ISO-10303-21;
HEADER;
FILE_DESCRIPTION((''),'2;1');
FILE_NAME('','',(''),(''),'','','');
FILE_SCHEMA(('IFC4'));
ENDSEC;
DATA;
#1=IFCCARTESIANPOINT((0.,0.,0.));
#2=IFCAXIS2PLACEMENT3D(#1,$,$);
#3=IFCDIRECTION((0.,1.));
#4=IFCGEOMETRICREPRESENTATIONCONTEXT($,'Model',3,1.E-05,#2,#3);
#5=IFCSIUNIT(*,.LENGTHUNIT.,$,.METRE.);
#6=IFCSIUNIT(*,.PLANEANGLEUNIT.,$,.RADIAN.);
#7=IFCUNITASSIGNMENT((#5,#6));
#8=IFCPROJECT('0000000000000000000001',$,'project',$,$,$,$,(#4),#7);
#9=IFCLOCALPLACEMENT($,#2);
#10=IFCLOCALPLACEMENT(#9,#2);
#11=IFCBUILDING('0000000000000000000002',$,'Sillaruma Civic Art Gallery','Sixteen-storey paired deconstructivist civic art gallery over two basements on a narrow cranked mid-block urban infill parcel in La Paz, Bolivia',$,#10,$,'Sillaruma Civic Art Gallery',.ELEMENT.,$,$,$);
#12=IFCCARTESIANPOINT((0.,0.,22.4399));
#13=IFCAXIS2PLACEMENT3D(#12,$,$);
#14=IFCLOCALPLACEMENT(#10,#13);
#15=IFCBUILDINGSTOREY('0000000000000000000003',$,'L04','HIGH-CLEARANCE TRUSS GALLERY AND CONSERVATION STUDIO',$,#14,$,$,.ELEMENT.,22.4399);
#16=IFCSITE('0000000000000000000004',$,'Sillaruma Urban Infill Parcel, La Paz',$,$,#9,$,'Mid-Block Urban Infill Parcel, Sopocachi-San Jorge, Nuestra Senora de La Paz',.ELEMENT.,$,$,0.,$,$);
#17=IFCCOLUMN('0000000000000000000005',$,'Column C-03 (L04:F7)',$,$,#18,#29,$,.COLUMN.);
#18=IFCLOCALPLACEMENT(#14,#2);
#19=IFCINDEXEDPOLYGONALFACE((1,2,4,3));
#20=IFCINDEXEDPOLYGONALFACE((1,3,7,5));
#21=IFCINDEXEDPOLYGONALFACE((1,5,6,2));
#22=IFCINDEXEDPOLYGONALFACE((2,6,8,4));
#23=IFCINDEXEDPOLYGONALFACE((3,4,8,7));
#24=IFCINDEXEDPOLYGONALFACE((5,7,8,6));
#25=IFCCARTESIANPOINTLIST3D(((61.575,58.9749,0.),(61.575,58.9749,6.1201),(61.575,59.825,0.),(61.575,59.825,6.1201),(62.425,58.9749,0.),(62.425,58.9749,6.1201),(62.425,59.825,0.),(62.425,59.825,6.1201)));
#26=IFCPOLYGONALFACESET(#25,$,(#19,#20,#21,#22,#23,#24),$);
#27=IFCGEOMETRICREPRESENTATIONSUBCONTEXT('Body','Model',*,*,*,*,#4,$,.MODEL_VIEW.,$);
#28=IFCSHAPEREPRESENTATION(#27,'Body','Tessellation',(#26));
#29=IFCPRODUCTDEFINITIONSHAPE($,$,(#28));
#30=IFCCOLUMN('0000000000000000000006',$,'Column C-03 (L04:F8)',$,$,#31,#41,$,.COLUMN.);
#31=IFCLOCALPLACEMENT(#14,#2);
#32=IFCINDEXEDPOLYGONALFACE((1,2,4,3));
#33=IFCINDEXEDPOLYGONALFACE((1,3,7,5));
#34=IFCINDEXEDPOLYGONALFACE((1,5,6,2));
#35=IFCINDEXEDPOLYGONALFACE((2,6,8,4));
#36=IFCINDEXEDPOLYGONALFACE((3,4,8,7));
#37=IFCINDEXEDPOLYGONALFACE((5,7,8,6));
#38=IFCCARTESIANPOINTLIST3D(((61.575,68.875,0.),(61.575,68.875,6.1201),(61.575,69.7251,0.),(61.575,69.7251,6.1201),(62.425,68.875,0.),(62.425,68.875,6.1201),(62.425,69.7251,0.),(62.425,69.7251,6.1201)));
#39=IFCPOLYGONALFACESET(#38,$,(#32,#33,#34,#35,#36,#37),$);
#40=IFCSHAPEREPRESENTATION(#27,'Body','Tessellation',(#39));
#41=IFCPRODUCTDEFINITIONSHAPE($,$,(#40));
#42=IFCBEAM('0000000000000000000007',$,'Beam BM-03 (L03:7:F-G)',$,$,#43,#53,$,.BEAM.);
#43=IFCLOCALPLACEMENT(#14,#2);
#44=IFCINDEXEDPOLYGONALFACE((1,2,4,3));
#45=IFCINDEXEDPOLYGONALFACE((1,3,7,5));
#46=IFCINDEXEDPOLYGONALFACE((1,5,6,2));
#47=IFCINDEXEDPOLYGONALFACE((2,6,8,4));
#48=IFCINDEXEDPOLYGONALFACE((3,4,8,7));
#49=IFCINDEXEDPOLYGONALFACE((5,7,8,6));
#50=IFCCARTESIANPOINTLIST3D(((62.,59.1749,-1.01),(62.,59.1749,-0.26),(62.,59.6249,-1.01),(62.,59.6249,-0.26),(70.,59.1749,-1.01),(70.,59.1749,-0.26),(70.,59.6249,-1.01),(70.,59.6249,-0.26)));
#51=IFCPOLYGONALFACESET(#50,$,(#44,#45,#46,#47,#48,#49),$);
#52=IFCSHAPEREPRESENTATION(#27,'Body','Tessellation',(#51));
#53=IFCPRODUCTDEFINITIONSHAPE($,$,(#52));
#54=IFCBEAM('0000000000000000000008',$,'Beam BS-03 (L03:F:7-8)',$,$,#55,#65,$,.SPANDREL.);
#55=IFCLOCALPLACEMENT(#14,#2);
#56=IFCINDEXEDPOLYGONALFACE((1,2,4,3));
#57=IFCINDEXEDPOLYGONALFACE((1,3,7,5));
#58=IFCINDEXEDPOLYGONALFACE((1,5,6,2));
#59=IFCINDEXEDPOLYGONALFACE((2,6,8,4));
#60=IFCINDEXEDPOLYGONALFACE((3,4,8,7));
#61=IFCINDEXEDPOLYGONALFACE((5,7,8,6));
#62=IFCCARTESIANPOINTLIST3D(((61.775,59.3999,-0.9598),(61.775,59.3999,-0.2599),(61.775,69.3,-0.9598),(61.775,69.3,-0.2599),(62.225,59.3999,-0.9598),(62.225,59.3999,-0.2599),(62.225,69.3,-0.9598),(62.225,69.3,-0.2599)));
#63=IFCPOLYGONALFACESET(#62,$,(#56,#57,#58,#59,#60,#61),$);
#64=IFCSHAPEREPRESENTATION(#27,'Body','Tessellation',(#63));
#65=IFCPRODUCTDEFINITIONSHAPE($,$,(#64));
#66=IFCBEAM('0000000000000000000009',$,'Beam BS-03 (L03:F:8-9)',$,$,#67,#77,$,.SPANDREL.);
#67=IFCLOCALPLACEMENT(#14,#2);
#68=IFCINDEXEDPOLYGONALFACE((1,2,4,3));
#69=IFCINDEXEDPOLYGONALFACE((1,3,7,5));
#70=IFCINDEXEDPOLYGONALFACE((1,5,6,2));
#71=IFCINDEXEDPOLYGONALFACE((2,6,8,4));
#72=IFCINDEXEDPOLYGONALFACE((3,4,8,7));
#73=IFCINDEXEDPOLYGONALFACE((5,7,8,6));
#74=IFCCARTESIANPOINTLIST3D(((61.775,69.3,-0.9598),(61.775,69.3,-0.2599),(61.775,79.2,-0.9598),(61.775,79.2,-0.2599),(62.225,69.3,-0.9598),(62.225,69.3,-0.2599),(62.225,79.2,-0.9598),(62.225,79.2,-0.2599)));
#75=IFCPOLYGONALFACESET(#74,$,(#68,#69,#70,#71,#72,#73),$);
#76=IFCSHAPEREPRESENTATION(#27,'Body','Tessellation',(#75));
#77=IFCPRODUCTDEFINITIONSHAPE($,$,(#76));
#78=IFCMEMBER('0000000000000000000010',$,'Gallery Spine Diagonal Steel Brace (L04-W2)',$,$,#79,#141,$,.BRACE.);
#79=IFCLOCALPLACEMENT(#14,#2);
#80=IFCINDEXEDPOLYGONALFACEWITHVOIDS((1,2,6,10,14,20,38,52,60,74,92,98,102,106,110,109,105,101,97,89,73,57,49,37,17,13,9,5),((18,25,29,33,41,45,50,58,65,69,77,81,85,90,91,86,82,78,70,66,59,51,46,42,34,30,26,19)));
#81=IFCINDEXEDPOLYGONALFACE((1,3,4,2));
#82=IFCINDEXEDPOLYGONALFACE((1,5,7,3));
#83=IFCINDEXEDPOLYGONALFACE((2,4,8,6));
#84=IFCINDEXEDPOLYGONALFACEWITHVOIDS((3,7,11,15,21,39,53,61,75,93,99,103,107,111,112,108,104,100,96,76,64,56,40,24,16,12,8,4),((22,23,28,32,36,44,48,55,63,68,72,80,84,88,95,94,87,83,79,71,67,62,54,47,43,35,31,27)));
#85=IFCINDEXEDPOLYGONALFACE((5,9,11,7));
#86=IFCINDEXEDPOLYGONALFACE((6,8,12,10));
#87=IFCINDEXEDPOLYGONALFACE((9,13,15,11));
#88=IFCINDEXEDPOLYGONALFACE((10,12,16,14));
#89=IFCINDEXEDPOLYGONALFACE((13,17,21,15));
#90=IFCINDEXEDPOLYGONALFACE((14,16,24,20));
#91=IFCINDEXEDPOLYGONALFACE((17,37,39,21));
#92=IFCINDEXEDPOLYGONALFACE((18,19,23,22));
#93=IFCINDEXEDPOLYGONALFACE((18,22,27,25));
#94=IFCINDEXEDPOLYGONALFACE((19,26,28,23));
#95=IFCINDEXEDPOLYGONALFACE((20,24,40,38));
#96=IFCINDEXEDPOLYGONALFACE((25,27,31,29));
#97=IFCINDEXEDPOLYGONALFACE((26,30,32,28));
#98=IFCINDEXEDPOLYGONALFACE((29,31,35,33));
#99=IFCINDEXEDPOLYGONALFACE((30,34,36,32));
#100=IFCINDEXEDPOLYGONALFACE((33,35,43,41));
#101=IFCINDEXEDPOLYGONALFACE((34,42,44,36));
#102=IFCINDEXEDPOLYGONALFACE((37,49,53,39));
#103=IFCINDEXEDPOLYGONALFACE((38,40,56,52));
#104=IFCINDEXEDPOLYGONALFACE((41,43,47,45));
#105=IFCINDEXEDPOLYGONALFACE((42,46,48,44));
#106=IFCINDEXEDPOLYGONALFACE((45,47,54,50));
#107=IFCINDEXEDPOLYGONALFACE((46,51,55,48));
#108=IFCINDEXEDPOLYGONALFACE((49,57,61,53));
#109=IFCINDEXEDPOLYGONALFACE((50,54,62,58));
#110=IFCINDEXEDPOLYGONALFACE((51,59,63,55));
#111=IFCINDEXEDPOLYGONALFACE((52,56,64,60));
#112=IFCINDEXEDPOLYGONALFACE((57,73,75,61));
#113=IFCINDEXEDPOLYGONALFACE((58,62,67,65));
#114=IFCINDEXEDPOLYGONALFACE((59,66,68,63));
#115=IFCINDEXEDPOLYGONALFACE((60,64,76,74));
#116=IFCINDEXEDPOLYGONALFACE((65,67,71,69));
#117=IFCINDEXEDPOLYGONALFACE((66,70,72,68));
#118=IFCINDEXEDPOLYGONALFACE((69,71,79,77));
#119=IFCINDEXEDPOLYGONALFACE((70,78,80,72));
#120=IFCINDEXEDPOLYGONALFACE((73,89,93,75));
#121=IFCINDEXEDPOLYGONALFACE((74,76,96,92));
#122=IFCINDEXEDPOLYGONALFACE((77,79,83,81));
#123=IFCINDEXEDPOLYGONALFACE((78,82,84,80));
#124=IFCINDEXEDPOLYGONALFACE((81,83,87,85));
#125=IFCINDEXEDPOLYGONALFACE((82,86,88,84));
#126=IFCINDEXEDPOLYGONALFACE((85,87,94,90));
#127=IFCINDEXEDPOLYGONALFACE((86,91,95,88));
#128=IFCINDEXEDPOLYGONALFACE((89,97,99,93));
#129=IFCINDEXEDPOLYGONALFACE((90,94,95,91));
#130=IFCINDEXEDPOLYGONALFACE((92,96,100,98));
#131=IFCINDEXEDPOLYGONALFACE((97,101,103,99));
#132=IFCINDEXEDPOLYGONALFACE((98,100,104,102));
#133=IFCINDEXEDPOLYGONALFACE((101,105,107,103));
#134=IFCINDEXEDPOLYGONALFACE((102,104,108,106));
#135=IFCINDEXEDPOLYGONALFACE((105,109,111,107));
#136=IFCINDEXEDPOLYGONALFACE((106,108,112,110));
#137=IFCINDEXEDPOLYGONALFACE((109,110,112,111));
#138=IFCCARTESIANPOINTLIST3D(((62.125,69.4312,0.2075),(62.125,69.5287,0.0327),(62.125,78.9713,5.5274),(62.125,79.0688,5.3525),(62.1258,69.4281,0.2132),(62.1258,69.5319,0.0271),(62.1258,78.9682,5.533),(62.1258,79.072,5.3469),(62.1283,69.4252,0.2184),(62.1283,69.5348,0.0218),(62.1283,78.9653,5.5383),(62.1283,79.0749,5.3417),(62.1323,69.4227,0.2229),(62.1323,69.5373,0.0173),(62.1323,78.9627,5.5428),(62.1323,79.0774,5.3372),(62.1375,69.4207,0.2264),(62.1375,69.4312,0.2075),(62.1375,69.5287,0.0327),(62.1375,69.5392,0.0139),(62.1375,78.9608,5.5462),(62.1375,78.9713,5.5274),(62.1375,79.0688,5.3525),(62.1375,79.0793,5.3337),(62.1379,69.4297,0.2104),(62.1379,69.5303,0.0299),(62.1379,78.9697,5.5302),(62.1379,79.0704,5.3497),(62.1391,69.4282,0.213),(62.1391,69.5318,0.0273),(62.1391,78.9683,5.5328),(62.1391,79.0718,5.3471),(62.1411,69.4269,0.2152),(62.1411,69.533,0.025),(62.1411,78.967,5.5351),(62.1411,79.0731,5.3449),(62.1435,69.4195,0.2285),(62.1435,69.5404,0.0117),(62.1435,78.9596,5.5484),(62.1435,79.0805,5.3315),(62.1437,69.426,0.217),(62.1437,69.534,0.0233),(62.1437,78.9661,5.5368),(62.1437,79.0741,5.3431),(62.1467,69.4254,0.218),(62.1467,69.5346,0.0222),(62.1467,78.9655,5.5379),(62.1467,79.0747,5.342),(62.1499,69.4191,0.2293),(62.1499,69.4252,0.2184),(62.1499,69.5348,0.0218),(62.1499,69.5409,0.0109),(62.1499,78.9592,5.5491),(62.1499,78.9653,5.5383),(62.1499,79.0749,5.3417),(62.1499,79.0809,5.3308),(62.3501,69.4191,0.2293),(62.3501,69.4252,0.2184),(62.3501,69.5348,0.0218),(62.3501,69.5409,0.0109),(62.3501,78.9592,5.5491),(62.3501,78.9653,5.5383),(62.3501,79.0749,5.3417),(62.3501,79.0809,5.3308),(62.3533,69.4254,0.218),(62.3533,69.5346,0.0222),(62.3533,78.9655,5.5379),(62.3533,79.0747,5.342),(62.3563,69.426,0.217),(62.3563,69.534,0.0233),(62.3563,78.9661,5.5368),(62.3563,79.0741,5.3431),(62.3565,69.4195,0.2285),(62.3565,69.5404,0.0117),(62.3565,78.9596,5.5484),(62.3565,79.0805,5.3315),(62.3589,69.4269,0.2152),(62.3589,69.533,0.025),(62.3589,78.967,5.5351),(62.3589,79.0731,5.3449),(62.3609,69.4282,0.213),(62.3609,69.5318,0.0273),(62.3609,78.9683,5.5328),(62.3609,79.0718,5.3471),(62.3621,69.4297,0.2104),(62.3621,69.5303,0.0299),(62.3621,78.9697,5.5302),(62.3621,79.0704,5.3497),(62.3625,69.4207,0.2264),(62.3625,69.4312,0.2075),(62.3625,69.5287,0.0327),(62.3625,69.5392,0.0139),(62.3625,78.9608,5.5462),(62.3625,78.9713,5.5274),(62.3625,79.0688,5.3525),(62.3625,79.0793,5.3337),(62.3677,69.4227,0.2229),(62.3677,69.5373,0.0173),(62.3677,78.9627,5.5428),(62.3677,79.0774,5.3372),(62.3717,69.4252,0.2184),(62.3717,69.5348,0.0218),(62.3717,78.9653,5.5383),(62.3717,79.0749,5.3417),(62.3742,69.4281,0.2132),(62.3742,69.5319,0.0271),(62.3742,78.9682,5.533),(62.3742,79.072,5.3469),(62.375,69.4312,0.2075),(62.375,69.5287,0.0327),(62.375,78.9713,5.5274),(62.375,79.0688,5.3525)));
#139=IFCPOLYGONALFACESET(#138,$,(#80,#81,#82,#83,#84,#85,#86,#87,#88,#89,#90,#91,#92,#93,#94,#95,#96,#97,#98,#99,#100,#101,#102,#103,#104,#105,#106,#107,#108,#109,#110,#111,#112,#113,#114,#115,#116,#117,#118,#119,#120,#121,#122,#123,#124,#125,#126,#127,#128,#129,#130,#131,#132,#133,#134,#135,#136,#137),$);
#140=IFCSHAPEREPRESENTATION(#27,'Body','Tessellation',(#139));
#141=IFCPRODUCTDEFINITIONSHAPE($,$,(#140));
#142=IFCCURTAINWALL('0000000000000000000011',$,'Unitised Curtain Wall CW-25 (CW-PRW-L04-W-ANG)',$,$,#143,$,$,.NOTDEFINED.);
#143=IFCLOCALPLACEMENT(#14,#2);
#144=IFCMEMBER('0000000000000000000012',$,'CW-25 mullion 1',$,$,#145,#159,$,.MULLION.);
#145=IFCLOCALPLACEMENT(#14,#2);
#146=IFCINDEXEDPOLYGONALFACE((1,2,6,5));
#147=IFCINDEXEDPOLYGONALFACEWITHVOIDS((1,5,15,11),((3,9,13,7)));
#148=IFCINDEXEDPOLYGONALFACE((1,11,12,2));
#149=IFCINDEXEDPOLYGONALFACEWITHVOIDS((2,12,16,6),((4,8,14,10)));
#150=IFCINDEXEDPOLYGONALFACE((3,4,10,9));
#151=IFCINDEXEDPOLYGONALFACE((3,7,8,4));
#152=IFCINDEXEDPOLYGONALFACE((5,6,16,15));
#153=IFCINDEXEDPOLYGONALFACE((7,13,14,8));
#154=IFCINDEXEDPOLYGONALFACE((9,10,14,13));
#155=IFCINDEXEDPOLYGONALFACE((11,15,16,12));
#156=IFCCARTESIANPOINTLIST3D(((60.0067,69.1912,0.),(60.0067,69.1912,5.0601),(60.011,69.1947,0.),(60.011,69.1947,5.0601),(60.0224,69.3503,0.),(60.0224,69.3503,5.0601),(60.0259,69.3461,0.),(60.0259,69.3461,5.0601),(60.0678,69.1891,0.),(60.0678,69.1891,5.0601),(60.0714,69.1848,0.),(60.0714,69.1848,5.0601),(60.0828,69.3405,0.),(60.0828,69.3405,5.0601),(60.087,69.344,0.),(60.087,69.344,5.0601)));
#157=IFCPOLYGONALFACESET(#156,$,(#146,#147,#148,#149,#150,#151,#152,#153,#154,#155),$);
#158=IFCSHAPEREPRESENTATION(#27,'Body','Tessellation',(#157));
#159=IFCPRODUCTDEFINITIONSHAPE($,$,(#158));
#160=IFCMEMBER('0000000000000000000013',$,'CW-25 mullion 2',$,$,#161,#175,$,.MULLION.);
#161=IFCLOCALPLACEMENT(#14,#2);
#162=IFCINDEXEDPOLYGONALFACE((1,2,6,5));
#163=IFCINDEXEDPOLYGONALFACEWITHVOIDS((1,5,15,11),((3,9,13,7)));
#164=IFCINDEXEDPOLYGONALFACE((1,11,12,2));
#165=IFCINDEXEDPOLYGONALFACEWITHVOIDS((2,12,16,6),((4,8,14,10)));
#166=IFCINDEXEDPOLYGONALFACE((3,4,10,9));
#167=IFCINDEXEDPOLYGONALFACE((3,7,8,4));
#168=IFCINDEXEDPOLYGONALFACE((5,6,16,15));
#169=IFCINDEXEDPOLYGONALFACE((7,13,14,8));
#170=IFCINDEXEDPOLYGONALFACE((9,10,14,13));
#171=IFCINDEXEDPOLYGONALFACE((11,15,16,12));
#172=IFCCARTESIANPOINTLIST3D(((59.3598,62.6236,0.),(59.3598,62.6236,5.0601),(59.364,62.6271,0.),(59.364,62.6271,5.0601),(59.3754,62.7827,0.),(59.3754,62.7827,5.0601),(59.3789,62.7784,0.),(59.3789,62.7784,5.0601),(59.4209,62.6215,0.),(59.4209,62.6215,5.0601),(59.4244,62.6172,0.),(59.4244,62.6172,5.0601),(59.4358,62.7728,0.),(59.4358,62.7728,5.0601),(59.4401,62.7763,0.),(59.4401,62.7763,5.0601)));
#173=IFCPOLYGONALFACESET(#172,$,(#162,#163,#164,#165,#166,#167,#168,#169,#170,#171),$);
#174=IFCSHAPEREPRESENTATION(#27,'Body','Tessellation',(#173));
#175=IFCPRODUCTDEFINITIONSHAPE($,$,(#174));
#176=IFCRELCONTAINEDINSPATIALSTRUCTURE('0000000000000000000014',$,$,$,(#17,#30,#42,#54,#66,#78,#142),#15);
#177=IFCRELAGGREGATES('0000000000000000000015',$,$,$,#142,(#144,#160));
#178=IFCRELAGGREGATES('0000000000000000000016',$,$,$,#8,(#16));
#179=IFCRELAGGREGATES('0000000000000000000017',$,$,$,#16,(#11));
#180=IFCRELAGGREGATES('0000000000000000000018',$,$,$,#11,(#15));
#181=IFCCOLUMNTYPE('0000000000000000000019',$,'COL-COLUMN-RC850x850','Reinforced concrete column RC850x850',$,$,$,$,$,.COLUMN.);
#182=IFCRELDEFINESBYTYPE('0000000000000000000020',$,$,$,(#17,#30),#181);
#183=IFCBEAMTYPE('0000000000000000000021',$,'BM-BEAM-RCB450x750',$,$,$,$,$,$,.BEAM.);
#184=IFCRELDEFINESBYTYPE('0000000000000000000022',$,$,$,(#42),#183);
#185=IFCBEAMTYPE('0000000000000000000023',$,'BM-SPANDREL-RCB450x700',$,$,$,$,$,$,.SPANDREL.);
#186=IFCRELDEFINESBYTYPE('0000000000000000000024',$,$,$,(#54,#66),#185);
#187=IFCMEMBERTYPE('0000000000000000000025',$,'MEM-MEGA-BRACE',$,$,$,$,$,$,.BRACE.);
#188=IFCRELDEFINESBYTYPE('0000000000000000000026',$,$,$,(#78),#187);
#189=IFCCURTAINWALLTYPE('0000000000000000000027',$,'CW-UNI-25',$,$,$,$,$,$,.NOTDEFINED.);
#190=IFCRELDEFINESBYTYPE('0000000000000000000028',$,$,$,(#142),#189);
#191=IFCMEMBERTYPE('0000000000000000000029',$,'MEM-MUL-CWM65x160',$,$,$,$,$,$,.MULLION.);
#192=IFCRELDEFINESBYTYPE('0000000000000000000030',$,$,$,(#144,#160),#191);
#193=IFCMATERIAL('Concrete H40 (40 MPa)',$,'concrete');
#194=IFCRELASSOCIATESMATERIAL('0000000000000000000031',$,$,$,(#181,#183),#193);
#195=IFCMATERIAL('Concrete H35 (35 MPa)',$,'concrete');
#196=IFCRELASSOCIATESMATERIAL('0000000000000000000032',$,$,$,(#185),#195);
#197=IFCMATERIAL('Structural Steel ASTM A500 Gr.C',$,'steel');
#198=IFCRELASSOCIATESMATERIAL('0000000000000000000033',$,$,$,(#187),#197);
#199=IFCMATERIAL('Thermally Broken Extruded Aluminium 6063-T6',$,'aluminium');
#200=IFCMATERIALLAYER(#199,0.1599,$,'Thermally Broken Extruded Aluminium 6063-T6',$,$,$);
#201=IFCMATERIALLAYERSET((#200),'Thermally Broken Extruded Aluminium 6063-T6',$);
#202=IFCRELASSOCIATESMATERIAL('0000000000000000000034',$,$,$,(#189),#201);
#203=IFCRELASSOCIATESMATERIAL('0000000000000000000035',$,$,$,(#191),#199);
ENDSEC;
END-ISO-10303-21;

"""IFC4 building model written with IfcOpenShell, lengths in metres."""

from ifc_helpers import new_model, si_unit, direction, frame, origin, origin_2d, place, context, subcontext, project, spatial, rectangle, hollow_rectangle, extrude, material, layer, layer_set, material_profile, profile_set, type_object, element, aggregate, save


model = new_model("IFC4")

# Units and contexts
model_context = context("Model", 3, precision=1e-05, world=origin(), true_north=direction((0.0, 1.0)))
body_context = subcontext(model_context, "Body", "Model", "MODEL_VIEW")
ifc_project = project(units=[si_unit("LENGTHUNIT", "METRE"), si_unit("PLANEANGLEUNIT", "RADIAN")], contexts=[model_context])

# Site, building, storey
site_placement = place(None, origin())
site = spatial("IfcSite", under=ifc_project, at=site_placement, Name="Sillaruma Urban Infill Parcel, La Paz", LongName="Mid-Block Urban Infill Parcel, Sopocachi-San Jorge, Nuestra Senora de La Paz", CompositionType="ELEMENT", RefElevation=0.0)
building_placement = place(site_placement, origin())
building = spatial("IfcBuilding", under=site, at=building_placement, Name="Sillaruma Civic Art Gallery", Description="Sixteen-storey paired deconstructivist civic art gallery over two basements on a narrow cranked mid-block urban infill parcel in La Paz, Bolivia", LongName="Sillaruma Civic Art Gallery", CompositionType="ELEMENT")
storey_placement = place(building_placement, frame((0.0, 0.0, 22.4399)))
storey = spatial("IfcBuildingStorey", under=building, at=storey_placement, Name="L04", Description="HIGH-CLEARANCE TRUSS GALLERY AND CONSERVATION STUDIO", CompositionType="ELEMENT", Elevation=22.4399)

# Columns
ifc_material_1 = material(Name="Concrete H40 (40 MPa)", Category="concrete")
ifc_material_profile_1 = material_profile(ifc_material_1, rectangle(XDim=0.8501, YDim=0.8501, at=origin_2d()), Name="RC850x850")
ifc_profile_set_1 = profile_set([ifc_material_profile_1], Name="Concrete H40 (40 MPa)")
column_type = type_object("IfcColumnType", Name="COL-COLUMN-RC850x850", Description="Reinforced concrete column RC850x850", PredefinedType="COLUMN", material=ifc_profile_set_1)
for number, where, z_axis, x_axis, name in (
    (1, (62.0, 59.3999, 0.0), (0.0, 0.0, 1.0), (1.0, 0.0, 0.0), "Column C-03 (L04:F7)"),
    (2, (62.0, 69.3, 0.0), (0.0, 0.0, 1.0), (1.0, 0.0, 0.0), "Column C-03 (L04:F8)"),
):
    element("IfcColumn", number, at=place(storey_placement, frame(where, z_axis=z_axis, x_axis=x_axis)), inside=storey, type_object=column_type, Name=name, PredefinedType="COLUMN", context=body_context, shape_type="SweptSolid", body=[
        extrude(rectangle(XDim=0.8501, YDim=0.8501, at=origin_2d()), origin(), (0.0, 0.0, 1.0), 6.1201),
    ])

# Beams
ifc_material_profile_2 = material_profile(ifc_material_1, rectangle(XDim=0.45, YDim=0.75, at=origin_2d()), Name="RCB450x750")
ifc_profile_set_2 = profile_set([ifc_material_profile_2], Name="Concrete H40 (40 MPa)")
beam_type_1 = type_object("IfcBeamType", Name="BM-BEAM-RCB450x750", PredefinedType="BEAM", material=ifc_profile_set_2)
beam_1_placement = place(storey_placement, frame((62.0, 59.3999, -0.635), z_axis=(1.0, 0.0, 0.0), x_axis=(0.0, 1.0, 0.0)))
element("IfcBeam", 3, at=beam_1_placement, inside=storey, type_object=beam_type_1, Name="Beam BM-03 (L03:7:F-G)", PredefinedType="BEAM", context=body_context, shape_type="SweptSolid", body=[
    extrude(rectangle(XDim=0.45, YDim=0.75, at=origin_2d()), origin(), (0.0, 0.0, 1.0), 8.0),
])
ifc_material_2 = material(Name="Concrete H35 (35 MPa)", Category="concrete")
ifc_material_profile_3 = material_profile(ifc_material_2, rectangle(XDim=0.45, YDim=0.7, at=origin_2d()), Name="RCB450x700")
ifc_profile_set_3 = profile_set([ifc_material_profile_3], Name="Concrete H35 (35 MPa)")
beam_type_2 = type_object("IfcBeamType", Name="BM-SPANDREL-RCB450x700", PredefinedType="SPANDREL", material=ifc_profile_set_3)
beam_2_placement = place(storey_placement, frame((62.0, 59.3999, -0.6099), z_axis=(0.0, 1.0, 0.0), x_axis=(-1.0, 0.0, 0.0)))
element("IfcBeam", 4, at=beam_2_placement, inside=storey, type_object=beam_type_2, Name="Beam BS-03 (L03:F:7-8)", PredefinedType="SPANDREL", context=body_context, shape_type="SweptSolid", body=[
    extrude(rectangle(XDim=0.45, YDim=0.7, at=origin_2d()), origin(), (0.0, 0.0, 1.0), 9.9001),
])
beam_3_placement = place(storey_placement, frame((62.0, 69.3, -0.6099), z_axis=(0.0, 1.0, 0.0), x_axis=(-1.0, 0.0, 0.0)))
element("IfcBeam", 5, at=beam_3_placement, inside=storey, type_object=beam_type_2, Name="Beam BS-03 (L03:F:8-9)", PredefinedType="SPANDREL", context=body_context, shape_type="SweptSolid", body=[
    extrude(rectangle(XDim=0.45, YDim=0.7, at=origin_2d()), origin(), (0.0, 0.0, 1.0), 9.8999),
])

# Member
ifc_material_3 = material(Name="Structural Steel ASTM A500 Gr.C", Category="steel")
ifc_material_profile_4 = material_profile(ifc_material_3, hollow_rectangle(XDim=0.25, YDim=0.25, WallThickness=0.0125, InnerFilletRadius=0.0125, OuterFilletRadius=0.0249, at=origin_2d()), Name="HSS250x250x12.5")
ifc_profile_set_4 = profile_set([ifc_material_profile_4], Name="Structural Steel ASTM A500 Gr.C")
member_type_1 = type_object("IfcMemberType", Name="MEM-MEGA-BRACE", PredefinedType="BRACE", material=ifc_profile_set_4)
member_1_placement = place(storey_placement, frame((62.25, 69.48, 0.1201), z_axis=(0.0, 0.873387, 0.487028), x_axis=(-1.0, 0.0, 0.0)))
element("IfcMember", 6, at=member_1_placement, inside=storey, type_object=member_type_1, Name="Gallery Spine Diagonal Steel Brace (L04-W2)", PredefinedType="BRACE", context=body_context, shape_type="SweptSolid", body=[
    extrude(hollow_rectangle(XDim=0.25, YDim=0.25, WallThickness=0.0125, InnerFilletRadius=0.0125, OuterFilletRadius=0.0249, at=origin_2d()), origin(), (0.0, 0.0, 1.0), 10.9231),
])

# Curtain wall, members
ifc_material_4 = material(Name="Thermally Broken Extruded Aluminium 6063-T6", Category="aluminium")
ifc_layer_1 = layer(ifc_material_4, 0.1599, Name="Thermally Broken Extruded Aluminium 6063-T6")
ifc_layer_set_1 = layer_set([ifc_layer_1], Name="Thermally Broken Extruded Aluminium 6063-T6")
curtain_wall_type_1 = type_object("IfcCurtainWallType", Name="CW-UNI-25", PredefinedType="NOTDEFINED", material=ifc_layer_set_1)
curtain_wall_1_placement = place(storey_placement, origin())
curtain_wall_1 = element("IfcCurtainWall", 7, at=curtain_wall_1_placement, inside=storey, type_object=curtain_wall_type_1, Name="Unitised Curtain Wall CW-25 (CW-PRW-L04-W-ANG)", PredefinedType="NOTDEFINED")
ifc_material_profile_5 = material_profile(ifc_material_4, hollow_rectangle(XDim=0.0649, YDim=0.1599, WallThickness=0.0039, at=origin_2d()), Name="CWM65x160")
ifc_profile_set_5 = profile_set([ifc_material_profile_5], Name="Thermally Broken Extruded Aluminium 6063-T6")
member_type_2 = type_object("IfcMemberType", Name="MEM-MUL-CWM65x160", PredefinedType="MULLION", material=ifc_profile_set_5)
member_2_placement = place(storey_placement, frame((60.0469, 69.2676, 0.0), z_axis=(0.0, 0.0, 1.0), x_axis=(0.995185, -0.098011, 0.0)))
member_2 = element("IfcMember", 8, at=member_2_placement, type_object=member_type_2, Name="CW-25 mullion 1", PredefinedType="MULLION", context=body_context, shape_type="SweptSolid", body=[
    extrude(hollow_rectangle(XDim=0.0649, YDim=0.1599, WallThickness=0.0039, at=origin_2d()), origin(), (0.0, 0.0, 1.0), 5.0601),
])
member_3_placement = place(storey_placement, frame((59.3999, 62.7, 0.0), z_axis=(0.0, 0.0, 1.0), x_axis=(0.995185, -0.098011, 0.0)))
member_3 = element("IfcMember", 9, at=member_3_placement, type_object=member_type_2, Name="CW-25 mullion 2", PredefinedType="MULLION", context=body_context, shape_type="SweptSolid", body=[
    extrude(hollow_rectangle(XDim=0.0649, YDim=0.1599, WallThickness=0.0039, at=origin_2d()), origin(), (0.0, 0.0, 1.0), 5.0601),
])

aggregate(curtain_wall_1, [member_2, member_3])

save(model, "model.ifc")
